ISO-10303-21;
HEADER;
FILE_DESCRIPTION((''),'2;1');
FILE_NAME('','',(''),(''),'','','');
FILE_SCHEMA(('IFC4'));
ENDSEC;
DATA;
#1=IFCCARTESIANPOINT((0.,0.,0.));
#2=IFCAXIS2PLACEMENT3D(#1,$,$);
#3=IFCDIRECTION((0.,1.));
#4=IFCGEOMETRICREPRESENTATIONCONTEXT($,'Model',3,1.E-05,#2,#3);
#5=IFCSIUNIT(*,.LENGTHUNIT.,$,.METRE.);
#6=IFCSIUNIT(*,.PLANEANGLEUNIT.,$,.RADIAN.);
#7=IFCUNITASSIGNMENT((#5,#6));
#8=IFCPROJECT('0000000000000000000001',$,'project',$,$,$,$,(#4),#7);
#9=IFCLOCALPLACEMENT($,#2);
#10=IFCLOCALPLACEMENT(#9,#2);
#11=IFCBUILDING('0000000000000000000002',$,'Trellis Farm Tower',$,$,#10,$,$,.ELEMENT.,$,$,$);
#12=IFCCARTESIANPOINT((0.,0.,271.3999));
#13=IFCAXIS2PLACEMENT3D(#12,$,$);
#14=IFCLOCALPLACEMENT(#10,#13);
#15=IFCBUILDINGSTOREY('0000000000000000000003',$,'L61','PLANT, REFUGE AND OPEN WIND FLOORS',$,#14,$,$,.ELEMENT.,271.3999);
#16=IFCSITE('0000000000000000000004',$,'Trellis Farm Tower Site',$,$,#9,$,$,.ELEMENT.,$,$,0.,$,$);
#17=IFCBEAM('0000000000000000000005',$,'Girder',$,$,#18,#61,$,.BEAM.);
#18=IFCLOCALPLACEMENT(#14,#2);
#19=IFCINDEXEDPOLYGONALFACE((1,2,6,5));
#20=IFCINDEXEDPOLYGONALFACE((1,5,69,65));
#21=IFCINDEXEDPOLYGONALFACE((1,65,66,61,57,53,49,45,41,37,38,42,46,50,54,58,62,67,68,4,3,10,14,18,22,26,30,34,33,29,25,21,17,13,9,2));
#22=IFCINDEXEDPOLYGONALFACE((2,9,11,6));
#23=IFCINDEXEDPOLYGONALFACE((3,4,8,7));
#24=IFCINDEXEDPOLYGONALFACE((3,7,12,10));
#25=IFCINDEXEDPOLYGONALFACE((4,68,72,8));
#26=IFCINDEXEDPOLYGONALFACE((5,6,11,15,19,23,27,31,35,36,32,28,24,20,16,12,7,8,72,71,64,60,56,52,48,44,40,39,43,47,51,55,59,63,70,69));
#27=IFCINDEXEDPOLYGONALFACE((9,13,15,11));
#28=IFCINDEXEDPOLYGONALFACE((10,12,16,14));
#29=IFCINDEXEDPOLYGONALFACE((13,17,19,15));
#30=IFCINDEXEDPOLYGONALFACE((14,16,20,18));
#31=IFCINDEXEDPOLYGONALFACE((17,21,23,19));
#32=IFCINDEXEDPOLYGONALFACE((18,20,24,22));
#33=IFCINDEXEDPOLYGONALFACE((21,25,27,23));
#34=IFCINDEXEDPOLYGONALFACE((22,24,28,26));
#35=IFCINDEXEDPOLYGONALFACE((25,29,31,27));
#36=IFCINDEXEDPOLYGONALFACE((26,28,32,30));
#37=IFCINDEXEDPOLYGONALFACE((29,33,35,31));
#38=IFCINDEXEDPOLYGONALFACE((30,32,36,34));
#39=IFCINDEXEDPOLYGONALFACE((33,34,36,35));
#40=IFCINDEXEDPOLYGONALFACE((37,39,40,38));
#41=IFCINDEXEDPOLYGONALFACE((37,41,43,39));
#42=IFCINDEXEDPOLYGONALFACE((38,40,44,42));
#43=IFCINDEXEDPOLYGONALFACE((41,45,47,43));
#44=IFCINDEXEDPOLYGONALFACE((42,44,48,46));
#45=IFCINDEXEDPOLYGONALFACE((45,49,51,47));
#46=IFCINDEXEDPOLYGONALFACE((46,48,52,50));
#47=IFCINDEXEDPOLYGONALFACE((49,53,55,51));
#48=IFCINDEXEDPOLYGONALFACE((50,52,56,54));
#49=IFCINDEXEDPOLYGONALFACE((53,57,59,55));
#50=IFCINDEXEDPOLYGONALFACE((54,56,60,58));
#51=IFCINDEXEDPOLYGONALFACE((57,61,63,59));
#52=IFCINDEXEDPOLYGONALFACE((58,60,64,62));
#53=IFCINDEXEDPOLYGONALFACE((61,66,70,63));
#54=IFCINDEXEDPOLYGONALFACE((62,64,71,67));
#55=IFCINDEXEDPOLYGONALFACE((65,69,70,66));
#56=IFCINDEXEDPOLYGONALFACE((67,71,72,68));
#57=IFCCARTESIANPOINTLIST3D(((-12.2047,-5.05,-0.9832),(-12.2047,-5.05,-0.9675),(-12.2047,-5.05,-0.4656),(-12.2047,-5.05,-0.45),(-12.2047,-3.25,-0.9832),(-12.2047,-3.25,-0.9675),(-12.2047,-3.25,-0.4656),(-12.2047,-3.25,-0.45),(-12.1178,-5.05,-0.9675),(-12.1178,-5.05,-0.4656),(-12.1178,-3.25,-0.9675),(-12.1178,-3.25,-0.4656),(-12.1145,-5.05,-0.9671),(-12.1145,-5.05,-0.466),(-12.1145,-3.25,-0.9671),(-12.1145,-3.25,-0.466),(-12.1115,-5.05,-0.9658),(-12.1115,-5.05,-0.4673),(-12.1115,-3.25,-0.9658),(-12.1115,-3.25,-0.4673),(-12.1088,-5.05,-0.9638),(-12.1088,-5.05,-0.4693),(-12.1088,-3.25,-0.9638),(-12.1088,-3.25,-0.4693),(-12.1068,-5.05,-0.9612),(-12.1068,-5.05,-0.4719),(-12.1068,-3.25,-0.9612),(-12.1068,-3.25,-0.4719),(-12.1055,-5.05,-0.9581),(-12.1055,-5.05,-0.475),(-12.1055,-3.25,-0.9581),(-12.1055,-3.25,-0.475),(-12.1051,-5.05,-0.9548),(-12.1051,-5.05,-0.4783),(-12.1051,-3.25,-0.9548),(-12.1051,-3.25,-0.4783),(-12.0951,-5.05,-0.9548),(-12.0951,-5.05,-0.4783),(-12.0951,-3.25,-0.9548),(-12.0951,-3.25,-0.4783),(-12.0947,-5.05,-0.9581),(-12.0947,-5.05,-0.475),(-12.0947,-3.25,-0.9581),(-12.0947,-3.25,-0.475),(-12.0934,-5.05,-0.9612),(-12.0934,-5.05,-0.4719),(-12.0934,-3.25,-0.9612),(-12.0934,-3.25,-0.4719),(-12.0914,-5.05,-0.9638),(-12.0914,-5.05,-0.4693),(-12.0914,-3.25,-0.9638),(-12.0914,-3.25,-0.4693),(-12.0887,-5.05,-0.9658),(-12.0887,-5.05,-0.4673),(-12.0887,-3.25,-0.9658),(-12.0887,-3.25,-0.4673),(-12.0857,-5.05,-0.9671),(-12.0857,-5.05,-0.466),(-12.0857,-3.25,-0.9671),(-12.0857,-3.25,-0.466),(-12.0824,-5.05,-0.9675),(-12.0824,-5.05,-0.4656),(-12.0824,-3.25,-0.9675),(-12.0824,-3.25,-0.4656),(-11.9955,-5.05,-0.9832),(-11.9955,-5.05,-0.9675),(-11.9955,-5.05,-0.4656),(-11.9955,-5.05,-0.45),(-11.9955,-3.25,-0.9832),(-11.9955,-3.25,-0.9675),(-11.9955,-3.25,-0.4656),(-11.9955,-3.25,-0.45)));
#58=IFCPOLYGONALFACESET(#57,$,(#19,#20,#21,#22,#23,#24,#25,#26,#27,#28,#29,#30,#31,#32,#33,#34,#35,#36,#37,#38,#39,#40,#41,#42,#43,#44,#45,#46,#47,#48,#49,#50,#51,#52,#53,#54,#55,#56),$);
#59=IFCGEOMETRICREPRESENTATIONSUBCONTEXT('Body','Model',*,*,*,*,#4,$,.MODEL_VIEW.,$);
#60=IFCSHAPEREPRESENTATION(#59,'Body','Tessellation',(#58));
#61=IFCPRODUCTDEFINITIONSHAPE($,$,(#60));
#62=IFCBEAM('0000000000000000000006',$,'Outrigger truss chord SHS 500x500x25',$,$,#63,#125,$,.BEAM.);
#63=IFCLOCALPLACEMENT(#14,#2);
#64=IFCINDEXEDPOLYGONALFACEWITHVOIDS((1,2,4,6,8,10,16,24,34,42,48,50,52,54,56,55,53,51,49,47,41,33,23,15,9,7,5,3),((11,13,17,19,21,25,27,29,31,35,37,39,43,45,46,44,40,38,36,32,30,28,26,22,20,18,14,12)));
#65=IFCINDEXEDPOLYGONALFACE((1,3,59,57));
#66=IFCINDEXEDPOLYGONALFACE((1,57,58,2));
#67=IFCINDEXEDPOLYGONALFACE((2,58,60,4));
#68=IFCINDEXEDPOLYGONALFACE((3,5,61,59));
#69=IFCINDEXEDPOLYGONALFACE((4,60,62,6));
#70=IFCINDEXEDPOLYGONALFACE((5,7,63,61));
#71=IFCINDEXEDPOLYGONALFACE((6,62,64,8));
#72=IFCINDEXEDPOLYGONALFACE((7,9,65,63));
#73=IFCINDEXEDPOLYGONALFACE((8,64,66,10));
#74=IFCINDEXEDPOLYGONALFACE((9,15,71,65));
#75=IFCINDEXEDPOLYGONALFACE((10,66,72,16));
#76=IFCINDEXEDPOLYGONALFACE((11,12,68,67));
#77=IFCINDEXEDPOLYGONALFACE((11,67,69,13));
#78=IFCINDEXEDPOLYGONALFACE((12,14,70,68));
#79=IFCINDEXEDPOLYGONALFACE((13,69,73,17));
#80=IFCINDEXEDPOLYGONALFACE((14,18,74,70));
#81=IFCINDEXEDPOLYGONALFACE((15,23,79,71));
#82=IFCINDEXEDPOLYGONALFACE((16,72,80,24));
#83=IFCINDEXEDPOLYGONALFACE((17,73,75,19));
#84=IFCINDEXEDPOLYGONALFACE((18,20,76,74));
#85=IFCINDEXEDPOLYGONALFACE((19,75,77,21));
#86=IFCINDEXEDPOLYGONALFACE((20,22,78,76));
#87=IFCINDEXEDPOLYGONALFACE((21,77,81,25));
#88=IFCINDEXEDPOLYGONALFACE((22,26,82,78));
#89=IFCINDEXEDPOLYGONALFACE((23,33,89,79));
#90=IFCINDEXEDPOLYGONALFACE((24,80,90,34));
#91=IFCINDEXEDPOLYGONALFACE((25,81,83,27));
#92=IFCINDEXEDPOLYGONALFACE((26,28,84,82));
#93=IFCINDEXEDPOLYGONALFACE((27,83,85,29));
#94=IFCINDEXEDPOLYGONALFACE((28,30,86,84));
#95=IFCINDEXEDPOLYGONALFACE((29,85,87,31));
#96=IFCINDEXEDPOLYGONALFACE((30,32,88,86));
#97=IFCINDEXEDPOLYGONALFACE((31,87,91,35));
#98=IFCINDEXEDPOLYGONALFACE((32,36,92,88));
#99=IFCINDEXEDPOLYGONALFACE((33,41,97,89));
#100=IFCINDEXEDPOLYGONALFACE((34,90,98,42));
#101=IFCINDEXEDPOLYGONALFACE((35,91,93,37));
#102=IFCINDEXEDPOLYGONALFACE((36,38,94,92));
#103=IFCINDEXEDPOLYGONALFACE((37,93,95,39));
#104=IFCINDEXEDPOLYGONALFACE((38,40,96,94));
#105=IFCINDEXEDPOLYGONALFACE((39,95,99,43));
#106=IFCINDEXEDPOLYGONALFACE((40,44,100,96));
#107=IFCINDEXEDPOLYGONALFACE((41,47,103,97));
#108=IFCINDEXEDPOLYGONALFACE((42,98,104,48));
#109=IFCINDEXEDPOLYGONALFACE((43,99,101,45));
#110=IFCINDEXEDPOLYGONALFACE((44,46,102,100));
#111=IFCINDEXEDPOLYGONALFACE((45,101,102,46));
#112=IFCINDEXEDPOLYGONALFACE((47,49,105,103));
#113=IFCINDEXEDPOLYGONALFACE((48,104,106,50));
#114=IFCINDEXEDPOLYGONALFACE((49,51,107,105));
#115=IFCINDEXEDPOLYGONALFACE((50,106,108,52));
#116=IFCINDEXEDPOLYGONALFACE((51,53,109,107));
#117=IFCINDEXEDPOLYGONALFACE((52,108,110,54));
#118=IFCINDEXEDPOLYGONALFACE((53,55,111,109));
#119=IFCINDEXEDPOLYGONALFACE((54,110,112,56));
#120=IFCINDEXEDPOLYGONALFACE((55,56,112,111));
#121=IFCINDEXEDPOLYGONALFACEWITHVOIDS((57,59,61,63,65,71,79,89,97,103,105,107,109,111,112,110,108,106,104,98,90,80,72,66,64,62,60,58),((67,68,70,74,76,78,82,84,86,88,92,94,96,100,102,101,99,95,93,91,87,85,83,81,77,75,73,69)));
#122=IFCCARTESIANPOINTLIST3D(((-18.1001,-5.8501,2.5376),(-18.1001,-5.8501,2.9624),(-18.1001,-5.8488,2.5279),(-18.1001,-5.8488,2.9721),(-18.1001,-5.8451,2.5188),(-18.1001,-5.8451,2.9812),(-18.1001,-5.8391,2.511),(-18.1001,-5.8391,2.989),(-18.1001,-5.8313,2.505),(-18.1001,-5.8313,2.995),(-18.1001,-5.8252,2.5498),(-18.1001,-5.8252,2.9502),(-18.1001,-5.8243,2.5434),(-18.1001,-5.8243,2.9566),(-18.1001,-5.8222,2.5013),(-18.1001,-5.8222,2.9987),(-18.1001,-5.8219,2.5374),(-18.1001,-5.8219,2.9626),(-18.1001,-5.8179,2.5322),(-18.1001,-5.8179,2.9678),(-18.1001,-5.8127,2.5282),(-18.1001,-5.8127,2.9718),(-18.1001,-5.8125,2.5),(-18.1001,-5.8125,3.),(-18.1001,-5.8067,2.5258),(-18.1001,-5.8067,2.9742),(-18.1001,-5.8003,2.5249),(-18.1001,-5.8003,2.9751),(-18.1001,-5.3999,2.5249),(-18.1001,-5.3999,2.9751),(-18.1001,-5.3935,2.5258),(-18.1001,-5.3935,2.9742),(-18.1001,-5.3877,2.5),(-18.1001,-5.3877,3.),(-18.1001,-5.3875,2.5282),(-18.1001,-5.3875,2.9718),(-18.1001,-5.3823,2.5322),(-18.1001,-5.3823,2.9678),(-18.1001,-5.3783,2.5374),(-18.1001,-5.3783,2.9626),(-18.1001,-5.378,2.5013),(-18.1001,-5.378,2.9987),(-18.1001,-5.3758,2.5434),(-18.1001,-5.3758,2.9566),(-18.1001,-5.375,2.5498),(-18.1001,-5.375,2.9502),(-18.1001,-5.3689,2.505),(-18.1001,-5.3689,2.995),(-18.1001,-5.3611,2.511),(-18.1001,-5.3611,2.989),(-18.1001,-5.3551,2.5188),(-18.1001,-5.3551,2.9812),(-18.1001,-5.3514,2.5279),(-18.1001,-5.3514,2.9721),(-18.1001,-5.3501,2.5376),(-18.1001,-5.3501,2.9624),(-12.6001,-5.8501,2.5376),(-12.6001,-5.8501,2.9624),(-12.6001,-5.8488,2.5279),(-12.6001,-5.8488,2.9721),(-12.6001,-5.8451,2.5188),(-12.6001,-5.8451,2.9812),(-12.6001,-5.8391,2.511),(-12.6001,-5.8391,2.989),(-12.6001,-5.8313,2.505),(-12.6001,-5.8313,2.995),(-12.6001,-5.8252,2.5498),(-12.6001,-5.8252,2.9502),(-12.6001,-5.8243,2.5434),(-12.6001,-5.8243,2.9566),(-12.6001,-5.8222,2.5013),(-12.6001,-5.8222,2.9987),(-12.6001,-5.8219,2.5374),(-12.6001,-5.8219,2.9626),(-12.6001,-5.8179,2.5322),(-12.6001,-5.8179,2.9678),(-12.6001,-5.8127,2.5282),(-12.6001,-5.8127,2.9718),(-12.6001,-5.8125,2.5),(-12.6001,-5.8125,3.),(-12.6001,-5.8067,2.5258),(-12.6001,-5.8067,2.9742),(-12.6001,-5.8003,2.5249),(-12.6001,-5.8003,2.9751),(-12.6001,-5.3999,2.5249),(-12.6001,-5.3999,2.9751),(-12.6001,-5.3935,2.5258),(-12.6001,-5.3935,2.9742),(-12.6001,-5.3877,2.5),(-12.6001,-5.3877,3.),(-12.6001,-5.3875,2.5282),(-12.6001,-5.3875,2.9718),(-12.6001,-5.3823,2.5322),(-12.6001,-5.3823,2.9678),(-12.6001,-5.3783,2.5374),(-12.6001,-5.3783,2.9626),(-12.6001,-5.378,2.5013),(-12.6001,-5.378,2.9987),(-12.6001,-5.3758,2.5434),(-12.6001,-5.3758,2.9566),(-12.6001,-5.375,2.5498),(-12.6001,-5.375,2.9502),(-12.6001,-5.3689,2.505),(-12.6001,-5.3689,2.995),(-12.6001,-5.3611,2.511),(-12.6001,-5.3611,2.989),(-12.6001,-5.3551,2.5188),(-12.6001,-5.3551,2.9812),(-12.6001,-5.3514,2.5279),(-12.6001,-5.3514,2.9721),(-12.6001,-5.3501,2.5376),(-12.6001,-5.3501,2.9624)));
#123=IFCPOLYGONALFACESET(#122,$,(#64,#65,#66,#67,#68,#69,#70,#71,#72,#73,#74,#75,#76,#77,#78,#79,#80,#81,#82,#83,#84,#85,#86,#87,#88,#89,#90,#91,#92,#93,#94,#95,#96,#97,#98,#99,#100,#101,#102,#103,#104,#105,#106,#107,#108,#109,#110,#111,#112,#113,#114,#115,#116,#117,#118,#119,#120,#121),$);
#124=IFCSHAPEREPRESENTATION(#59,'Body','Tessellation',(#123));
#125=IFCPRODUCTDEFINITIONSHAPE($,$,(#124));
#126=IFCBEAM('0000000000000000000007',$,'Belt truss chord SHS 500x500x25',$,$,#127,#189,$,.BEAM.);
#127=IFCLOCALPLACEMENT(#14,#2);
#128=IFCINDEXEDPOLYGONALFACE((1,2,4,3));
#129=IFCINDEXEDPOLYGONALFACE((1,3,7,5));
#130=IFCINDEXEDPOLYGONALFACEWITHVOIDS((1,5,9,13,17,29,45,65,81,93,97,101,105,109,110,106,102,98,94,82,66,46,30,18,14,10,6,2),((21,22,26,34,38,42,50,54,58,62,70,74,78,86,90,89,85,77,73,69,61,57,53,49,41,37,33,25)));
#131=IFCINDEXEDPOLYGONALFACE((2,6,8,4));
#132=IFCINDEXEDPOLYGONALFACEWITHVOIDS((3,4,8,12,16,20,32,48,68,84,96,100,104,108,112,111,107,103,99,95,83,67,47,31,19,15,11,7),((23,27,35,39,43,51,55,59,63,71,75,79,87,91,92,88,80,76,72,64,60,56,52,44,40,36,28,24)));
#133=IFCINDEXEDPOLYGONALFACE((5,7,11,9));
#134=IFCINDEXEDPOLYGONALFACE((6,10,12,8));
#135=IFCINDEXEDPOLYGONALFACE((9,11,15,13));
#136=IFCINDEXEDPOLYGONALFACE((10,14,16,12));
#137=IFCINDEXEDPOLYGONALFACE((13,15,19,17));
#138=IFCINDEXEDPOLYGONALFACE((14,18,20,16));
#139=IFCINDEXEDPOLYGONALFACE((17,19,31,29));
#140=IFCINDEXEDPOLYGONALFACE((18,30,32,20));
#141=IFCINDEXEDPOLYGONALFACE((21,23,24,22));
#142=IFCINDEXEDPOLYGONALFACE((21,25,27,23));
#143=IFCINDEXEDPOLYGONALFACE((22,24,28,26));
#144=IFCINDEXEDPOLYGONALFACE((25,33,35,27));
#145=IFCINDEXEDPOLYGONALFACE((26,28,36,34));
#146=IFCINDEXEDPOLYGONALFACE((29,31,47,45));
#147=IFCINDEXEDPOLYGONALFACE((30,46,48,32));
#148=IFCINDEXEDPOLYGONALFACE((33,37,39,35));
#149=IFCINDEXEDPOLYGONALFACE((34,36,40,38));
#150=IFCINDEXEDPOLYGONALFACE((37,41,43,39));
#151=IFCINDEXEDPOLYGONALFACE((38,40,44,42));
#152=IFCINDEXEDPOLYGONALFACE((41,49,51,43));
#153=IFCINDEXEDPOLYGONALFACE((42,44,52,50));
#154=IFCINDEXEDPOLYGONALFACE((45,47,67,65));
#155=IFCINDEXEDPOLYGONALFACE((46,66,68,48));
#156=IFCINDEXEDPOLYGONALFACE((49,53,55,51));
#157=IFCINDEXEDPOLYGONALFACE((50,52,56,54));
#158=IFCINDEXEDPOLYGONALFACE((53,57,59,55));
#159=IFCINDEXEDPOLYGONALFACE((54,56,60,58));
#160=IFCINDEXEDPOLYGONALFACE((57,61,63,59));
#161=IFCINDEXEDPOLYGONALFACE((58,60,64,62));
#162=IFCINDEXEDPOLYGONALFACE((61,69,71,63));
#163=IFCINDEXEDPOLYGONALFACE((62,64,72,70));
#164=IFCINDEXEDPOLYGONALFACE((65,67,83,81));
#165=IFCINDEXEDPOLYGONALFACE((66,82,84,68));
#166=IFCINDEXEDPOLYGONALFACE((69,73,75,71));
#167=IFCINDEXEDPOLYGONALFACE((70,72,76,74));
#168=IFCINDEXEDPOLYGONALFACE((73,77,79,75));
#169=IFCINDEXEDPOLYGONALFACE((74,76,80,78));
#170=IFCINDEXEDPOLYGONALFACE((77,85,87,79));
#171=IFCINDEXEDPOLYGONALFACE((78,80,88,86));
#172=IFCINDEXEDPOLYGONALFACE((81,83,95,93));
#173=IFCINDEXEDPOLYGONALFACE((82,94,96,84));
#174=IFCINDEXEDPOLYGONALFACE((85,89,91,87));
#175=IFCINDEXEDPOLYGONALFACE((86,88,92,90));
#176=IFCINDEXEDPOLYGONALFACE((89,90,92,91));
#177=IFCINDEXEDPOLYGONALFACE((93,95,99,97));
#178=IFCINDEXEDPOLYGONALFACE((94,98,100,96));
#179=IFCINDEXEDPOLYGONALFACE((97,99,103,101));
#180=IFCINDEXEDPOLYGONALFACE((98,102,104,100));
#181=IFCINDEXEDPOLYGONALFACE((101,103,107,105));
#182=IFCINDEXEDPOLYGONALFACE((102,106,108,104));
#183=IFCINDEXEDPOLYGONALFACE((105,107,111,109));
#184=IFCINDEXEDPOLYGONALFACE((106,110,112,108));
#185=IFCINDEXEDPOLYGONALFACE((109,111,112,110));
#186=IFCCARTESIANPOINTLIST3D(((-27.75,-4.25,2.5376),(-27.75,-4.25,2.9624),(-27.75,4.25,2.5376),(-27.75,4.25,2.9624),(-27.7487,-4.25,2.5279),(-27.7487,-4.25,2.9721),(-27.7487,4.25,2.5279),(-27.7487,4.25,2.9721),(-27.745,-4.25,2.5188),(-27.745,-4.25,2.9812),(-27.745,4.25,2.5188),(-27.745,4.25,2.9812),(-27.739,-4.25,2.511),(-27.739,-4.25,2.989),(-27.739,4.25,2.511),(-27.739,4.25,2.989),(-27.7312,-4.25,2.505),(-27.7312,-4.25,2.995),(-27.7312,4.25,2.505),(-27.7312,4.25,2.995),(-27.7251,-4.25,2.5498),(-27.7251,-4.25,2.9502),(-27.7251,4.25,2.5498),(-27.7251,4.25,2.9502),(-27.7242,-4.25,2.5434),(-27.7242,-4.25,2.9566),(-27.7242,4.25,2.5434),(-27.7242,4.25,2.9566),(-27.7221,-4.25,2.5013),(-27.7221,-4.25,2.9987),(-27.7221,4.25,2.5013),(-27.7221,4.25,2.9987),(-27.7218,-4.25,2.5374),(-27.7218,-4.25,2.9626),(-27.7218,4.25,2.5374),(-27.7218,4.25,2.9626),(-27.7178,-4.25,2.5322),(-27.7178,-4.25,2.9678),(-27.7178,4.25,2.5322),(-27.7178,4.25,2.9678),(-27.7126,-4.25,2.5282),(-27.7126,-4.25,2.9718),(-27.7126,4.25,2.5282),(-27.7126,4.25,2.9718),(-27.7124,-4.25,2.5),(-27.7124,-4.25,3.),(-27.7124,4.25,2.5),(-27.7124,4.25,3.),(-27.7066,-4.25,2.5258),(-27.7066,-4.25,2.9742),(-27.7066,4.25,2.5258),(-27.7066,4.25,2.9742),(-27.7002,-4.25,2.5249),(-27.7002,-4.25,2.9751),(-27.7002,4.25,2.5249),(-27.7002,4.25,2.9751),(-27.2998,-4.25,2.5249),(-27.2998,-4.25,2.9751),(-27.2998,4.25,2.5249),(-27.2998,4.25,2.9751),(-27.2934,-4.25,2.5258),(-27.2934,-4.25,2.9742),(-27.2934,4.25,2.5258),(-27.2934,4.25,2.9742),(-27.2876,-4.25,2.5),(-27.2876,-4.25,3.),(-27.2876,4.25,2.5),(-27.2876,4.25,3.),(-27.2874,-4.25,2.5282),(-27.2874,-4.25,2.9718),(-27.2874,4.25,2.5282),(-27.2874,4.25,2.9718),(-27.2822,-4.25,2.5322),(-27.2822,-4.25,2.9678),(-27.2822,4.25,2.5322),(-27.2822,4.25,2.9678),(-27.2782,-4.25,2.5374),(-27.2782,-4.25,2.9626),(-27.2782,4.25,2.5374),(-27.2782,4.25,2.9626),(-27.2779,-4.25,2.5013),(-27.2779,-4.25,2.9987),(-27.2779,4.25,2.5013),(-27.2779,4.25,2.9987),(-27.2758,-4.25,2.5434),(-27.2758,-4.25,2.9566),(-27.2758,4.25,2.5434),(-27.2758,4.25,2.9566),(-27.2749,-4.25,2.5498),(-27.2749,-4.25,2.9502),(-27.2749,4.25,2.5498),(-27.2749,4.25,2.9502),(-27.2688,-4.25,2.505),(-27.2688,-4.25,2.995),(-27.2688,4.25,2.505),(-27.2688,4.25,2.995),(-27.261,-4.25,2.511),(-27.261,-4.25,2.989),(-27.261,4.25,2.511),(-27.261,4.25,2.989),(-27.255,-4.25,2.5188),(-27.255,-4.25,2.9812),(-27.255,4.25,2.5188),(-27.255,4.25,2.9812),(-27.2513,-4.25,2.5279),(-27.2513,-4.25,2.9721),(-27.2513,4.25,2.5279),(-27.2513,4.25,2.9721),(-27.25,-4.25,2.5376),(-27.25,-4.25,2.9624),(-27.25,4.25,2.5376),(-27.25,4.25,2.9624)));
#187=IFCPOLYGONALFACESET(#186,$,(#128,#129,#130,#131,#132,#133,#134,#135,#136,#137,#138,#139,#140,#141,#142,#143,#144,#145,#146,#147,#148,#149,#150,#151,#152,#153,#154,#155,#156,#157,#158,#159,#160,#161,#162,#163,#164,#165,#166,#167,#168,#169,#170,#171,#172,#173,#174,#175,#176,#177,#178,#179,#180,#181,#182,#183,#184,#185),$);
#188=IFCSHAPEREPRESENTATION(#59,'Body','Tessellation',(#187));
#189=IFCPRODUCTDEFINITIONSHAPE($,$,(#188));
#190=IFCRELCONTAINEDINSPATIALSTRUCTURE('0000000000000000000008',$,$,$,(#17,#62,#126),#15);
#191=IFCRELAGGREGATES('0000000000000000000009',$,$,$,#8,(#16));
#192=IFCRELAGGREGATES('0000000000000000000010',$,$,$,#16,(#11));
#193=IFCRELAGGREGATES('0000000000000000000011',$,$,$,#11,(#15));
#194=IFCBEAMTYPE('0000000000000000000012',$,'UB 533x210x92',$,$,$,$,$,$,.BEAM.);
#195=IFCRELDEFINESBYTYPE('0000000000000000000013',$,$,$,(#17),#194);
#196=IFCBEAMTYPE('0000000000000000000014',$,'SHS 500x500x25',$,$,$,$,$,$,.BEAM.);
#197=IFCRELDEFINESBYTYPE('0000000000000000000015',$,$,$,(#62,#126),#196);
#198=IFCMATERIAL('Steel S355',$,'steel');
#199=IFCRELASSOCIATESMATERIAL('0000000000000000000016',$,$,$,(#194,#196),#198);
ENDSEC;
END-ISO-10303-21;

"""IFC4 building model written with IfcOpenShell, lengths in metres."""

from ifc_helpers import new_model, si_unit, direction, frame, origin, origin_2d, place, context, subcontext, project, spatial, hollow_rectangle, i_section, extrude, source, transform, mapped, material, material_profile, profile_set, type_object, element, save


model = new_model("IFC4")

# Units and contexts
model_context = context("Model", 3, precision=1e-05, world=origin(), true_north=direction((0.0, 1.0)))
body_context = subcontext(model_context, "Body", "Model", "MODEL_VIEW")
ifc_project = project(units=[si_unit("LENGTHUNIT", "METRE"), si_unit("PLANEANGLEUNIT", "RADIAN")], contexts=[model_context])

# Site, building, storey
site_placement = place(None, origin())
site = spatial("IfcSite", under=ifc_project, at=site_placement, Name="Trellis Farm Tower Site", CompositionType="ELEMENT", RefElevation=0.0)
building_placement = place(site_placement, origin())
building = spatial("IfcBuilding", under=site, at=building_placement, Name="Trellis Farm Tower", CompositionType="ELEMENT")
storey_placement = place(building_placement, frame((0.0, 0.0, 271.3999)))
storey = spatial("IfcBuildingStorey", under=building, at=storey_placement, Name="L61", Description="PLANT, REFUGE AND OPEN WIND FLOORS", CompositionType="ELEMENT", Elevation=271.3999)

# Shared definitions
ifc_material_1 = material(Name="Steel S355", Category="steel")

# Beams
ifc_material_profile_1 = material_profile(ifc_material_1, i_section(OverallWidth=0.2092, OverallDepth=0.5332, WebThickness=0.01, FlangeThickness=0.0156, FilletRadius=0.0127, at=origin_2d()), Name="UB 533x210x92")
ifc_profile_set_1 = profile_set([ifc_material_profile_1], Name="Steel S355")
beam_type_1 = type_object("IfcBeamType", Name="UB 533x210x92", PredefinedType="BEAM", material=ifc_profile_set_1)
shared_shape_1 = source(origin(), body_context, "Body", "SweptSolid", [
    extrude(i_section(OverallWidth=0.2092, OverallDepth=0.5332, WebThickness=0.01, FlangeThickness=0.0156, FilletRadius=0.0127, at=origin_2d()), origin(), (0.0, 0.0, 1.0), 1.8),
])
for number, where, z_axis, x_axis, name in (
    (1, (-12.1001, -5.05, -0.7166), (0.0, 1.0, 0.0), (-1.0, 0.0, 0.0), "Girder"),
):
    element("IfcBeam", number, at=place(storey_placement, frame(where, z_axis=z_axis, x_axis=x_axis)), inside=storey, type_object=beam_type_1, Name=name, PredefinedType="BEAM", context=body_context, shape_type="MappedRepresentation", body=[
        mapped(shared_shape_1, transform((0.0, 0.0, 0.0))),
    ])
ifc_material_profile_2 = material_profile(ifc_material_1, hollow_rectangle(XDim=0.5, YDim=0.5, WallThickness=0.0249, InnerFilletRadius=0.0249, OuterFilletRadius=0.0376, at=origin_2d()), Name="SHS 500x500x25")
ifc_profile_set_2 = profile_set([ifc_material_profile_2], Name="Steel S355")
beam_type_2 = type_object("IfcBeamType", Name="SHS 500x500x25", PredefinedType="BEAM", material=ifc_profile_set_2)
shared_shape_2 = source(origin(), body_context, "Body", "SweptSolid", [
    extrude(hollow_rectangle(XDim=0.5, YDim=0.5, WallThickness=0.0249, InnerFilletRadius=0.0249, OuterFilletRadius=0.0376, at=origin_2d()), origin(), (0.0, 0.0, 1.0), 5.5),
])
beam_1_placement = place(storey_placement, frame((-18.1001, -5.6001, 2.75), z_axis=(1.0, 0.0, 0.0), x_axis=(0.0, 1.0, 0.0)))
element("IfcBeam", 2, at=beam_1_placement, inside=storey, type_object=beam_type_2, Name="Outrigger truss chord SHS 500x500x25", PredefinedType="BEAM", context=body_context, shape_type="MappedRepresentation", body=[
    mapped(shared_shape_2, transform((0.0, 0.0, 0.0))),
])
shared_shape_3 = source(origin(), body_context, "Body", "SweptSolid", [
    extrude(hollow_rectangle(XDim=0.5, YDim=0.5, WallThickness=0.0249, InnerFilletRadius=0.0249, OuterFilletRadius=0.0376, at=origin_2d()), origin(), (0.0, 0.0, 1.0), 8.5),
])
beam_2_placement = place(storey_placement, frame((-27.5, -4.25, 2.75), z_axis=(0.0, 1.0, 0.0), x_axis=(-1.0, 0.0, 0.0)))
element("IfcBeam", 3, at=beam_2_placement, inside=storey, type_object=beam_type_2, Name="Belt truss chord SHS 500x500x25", PredefinedType="BEAM", context=body_context, shape_type="MappedRepresentation", body=[
    mapped(shared_shape_3, transform((0.0, 0.0, 0.0))),
])

save(model, "model.ifc")
